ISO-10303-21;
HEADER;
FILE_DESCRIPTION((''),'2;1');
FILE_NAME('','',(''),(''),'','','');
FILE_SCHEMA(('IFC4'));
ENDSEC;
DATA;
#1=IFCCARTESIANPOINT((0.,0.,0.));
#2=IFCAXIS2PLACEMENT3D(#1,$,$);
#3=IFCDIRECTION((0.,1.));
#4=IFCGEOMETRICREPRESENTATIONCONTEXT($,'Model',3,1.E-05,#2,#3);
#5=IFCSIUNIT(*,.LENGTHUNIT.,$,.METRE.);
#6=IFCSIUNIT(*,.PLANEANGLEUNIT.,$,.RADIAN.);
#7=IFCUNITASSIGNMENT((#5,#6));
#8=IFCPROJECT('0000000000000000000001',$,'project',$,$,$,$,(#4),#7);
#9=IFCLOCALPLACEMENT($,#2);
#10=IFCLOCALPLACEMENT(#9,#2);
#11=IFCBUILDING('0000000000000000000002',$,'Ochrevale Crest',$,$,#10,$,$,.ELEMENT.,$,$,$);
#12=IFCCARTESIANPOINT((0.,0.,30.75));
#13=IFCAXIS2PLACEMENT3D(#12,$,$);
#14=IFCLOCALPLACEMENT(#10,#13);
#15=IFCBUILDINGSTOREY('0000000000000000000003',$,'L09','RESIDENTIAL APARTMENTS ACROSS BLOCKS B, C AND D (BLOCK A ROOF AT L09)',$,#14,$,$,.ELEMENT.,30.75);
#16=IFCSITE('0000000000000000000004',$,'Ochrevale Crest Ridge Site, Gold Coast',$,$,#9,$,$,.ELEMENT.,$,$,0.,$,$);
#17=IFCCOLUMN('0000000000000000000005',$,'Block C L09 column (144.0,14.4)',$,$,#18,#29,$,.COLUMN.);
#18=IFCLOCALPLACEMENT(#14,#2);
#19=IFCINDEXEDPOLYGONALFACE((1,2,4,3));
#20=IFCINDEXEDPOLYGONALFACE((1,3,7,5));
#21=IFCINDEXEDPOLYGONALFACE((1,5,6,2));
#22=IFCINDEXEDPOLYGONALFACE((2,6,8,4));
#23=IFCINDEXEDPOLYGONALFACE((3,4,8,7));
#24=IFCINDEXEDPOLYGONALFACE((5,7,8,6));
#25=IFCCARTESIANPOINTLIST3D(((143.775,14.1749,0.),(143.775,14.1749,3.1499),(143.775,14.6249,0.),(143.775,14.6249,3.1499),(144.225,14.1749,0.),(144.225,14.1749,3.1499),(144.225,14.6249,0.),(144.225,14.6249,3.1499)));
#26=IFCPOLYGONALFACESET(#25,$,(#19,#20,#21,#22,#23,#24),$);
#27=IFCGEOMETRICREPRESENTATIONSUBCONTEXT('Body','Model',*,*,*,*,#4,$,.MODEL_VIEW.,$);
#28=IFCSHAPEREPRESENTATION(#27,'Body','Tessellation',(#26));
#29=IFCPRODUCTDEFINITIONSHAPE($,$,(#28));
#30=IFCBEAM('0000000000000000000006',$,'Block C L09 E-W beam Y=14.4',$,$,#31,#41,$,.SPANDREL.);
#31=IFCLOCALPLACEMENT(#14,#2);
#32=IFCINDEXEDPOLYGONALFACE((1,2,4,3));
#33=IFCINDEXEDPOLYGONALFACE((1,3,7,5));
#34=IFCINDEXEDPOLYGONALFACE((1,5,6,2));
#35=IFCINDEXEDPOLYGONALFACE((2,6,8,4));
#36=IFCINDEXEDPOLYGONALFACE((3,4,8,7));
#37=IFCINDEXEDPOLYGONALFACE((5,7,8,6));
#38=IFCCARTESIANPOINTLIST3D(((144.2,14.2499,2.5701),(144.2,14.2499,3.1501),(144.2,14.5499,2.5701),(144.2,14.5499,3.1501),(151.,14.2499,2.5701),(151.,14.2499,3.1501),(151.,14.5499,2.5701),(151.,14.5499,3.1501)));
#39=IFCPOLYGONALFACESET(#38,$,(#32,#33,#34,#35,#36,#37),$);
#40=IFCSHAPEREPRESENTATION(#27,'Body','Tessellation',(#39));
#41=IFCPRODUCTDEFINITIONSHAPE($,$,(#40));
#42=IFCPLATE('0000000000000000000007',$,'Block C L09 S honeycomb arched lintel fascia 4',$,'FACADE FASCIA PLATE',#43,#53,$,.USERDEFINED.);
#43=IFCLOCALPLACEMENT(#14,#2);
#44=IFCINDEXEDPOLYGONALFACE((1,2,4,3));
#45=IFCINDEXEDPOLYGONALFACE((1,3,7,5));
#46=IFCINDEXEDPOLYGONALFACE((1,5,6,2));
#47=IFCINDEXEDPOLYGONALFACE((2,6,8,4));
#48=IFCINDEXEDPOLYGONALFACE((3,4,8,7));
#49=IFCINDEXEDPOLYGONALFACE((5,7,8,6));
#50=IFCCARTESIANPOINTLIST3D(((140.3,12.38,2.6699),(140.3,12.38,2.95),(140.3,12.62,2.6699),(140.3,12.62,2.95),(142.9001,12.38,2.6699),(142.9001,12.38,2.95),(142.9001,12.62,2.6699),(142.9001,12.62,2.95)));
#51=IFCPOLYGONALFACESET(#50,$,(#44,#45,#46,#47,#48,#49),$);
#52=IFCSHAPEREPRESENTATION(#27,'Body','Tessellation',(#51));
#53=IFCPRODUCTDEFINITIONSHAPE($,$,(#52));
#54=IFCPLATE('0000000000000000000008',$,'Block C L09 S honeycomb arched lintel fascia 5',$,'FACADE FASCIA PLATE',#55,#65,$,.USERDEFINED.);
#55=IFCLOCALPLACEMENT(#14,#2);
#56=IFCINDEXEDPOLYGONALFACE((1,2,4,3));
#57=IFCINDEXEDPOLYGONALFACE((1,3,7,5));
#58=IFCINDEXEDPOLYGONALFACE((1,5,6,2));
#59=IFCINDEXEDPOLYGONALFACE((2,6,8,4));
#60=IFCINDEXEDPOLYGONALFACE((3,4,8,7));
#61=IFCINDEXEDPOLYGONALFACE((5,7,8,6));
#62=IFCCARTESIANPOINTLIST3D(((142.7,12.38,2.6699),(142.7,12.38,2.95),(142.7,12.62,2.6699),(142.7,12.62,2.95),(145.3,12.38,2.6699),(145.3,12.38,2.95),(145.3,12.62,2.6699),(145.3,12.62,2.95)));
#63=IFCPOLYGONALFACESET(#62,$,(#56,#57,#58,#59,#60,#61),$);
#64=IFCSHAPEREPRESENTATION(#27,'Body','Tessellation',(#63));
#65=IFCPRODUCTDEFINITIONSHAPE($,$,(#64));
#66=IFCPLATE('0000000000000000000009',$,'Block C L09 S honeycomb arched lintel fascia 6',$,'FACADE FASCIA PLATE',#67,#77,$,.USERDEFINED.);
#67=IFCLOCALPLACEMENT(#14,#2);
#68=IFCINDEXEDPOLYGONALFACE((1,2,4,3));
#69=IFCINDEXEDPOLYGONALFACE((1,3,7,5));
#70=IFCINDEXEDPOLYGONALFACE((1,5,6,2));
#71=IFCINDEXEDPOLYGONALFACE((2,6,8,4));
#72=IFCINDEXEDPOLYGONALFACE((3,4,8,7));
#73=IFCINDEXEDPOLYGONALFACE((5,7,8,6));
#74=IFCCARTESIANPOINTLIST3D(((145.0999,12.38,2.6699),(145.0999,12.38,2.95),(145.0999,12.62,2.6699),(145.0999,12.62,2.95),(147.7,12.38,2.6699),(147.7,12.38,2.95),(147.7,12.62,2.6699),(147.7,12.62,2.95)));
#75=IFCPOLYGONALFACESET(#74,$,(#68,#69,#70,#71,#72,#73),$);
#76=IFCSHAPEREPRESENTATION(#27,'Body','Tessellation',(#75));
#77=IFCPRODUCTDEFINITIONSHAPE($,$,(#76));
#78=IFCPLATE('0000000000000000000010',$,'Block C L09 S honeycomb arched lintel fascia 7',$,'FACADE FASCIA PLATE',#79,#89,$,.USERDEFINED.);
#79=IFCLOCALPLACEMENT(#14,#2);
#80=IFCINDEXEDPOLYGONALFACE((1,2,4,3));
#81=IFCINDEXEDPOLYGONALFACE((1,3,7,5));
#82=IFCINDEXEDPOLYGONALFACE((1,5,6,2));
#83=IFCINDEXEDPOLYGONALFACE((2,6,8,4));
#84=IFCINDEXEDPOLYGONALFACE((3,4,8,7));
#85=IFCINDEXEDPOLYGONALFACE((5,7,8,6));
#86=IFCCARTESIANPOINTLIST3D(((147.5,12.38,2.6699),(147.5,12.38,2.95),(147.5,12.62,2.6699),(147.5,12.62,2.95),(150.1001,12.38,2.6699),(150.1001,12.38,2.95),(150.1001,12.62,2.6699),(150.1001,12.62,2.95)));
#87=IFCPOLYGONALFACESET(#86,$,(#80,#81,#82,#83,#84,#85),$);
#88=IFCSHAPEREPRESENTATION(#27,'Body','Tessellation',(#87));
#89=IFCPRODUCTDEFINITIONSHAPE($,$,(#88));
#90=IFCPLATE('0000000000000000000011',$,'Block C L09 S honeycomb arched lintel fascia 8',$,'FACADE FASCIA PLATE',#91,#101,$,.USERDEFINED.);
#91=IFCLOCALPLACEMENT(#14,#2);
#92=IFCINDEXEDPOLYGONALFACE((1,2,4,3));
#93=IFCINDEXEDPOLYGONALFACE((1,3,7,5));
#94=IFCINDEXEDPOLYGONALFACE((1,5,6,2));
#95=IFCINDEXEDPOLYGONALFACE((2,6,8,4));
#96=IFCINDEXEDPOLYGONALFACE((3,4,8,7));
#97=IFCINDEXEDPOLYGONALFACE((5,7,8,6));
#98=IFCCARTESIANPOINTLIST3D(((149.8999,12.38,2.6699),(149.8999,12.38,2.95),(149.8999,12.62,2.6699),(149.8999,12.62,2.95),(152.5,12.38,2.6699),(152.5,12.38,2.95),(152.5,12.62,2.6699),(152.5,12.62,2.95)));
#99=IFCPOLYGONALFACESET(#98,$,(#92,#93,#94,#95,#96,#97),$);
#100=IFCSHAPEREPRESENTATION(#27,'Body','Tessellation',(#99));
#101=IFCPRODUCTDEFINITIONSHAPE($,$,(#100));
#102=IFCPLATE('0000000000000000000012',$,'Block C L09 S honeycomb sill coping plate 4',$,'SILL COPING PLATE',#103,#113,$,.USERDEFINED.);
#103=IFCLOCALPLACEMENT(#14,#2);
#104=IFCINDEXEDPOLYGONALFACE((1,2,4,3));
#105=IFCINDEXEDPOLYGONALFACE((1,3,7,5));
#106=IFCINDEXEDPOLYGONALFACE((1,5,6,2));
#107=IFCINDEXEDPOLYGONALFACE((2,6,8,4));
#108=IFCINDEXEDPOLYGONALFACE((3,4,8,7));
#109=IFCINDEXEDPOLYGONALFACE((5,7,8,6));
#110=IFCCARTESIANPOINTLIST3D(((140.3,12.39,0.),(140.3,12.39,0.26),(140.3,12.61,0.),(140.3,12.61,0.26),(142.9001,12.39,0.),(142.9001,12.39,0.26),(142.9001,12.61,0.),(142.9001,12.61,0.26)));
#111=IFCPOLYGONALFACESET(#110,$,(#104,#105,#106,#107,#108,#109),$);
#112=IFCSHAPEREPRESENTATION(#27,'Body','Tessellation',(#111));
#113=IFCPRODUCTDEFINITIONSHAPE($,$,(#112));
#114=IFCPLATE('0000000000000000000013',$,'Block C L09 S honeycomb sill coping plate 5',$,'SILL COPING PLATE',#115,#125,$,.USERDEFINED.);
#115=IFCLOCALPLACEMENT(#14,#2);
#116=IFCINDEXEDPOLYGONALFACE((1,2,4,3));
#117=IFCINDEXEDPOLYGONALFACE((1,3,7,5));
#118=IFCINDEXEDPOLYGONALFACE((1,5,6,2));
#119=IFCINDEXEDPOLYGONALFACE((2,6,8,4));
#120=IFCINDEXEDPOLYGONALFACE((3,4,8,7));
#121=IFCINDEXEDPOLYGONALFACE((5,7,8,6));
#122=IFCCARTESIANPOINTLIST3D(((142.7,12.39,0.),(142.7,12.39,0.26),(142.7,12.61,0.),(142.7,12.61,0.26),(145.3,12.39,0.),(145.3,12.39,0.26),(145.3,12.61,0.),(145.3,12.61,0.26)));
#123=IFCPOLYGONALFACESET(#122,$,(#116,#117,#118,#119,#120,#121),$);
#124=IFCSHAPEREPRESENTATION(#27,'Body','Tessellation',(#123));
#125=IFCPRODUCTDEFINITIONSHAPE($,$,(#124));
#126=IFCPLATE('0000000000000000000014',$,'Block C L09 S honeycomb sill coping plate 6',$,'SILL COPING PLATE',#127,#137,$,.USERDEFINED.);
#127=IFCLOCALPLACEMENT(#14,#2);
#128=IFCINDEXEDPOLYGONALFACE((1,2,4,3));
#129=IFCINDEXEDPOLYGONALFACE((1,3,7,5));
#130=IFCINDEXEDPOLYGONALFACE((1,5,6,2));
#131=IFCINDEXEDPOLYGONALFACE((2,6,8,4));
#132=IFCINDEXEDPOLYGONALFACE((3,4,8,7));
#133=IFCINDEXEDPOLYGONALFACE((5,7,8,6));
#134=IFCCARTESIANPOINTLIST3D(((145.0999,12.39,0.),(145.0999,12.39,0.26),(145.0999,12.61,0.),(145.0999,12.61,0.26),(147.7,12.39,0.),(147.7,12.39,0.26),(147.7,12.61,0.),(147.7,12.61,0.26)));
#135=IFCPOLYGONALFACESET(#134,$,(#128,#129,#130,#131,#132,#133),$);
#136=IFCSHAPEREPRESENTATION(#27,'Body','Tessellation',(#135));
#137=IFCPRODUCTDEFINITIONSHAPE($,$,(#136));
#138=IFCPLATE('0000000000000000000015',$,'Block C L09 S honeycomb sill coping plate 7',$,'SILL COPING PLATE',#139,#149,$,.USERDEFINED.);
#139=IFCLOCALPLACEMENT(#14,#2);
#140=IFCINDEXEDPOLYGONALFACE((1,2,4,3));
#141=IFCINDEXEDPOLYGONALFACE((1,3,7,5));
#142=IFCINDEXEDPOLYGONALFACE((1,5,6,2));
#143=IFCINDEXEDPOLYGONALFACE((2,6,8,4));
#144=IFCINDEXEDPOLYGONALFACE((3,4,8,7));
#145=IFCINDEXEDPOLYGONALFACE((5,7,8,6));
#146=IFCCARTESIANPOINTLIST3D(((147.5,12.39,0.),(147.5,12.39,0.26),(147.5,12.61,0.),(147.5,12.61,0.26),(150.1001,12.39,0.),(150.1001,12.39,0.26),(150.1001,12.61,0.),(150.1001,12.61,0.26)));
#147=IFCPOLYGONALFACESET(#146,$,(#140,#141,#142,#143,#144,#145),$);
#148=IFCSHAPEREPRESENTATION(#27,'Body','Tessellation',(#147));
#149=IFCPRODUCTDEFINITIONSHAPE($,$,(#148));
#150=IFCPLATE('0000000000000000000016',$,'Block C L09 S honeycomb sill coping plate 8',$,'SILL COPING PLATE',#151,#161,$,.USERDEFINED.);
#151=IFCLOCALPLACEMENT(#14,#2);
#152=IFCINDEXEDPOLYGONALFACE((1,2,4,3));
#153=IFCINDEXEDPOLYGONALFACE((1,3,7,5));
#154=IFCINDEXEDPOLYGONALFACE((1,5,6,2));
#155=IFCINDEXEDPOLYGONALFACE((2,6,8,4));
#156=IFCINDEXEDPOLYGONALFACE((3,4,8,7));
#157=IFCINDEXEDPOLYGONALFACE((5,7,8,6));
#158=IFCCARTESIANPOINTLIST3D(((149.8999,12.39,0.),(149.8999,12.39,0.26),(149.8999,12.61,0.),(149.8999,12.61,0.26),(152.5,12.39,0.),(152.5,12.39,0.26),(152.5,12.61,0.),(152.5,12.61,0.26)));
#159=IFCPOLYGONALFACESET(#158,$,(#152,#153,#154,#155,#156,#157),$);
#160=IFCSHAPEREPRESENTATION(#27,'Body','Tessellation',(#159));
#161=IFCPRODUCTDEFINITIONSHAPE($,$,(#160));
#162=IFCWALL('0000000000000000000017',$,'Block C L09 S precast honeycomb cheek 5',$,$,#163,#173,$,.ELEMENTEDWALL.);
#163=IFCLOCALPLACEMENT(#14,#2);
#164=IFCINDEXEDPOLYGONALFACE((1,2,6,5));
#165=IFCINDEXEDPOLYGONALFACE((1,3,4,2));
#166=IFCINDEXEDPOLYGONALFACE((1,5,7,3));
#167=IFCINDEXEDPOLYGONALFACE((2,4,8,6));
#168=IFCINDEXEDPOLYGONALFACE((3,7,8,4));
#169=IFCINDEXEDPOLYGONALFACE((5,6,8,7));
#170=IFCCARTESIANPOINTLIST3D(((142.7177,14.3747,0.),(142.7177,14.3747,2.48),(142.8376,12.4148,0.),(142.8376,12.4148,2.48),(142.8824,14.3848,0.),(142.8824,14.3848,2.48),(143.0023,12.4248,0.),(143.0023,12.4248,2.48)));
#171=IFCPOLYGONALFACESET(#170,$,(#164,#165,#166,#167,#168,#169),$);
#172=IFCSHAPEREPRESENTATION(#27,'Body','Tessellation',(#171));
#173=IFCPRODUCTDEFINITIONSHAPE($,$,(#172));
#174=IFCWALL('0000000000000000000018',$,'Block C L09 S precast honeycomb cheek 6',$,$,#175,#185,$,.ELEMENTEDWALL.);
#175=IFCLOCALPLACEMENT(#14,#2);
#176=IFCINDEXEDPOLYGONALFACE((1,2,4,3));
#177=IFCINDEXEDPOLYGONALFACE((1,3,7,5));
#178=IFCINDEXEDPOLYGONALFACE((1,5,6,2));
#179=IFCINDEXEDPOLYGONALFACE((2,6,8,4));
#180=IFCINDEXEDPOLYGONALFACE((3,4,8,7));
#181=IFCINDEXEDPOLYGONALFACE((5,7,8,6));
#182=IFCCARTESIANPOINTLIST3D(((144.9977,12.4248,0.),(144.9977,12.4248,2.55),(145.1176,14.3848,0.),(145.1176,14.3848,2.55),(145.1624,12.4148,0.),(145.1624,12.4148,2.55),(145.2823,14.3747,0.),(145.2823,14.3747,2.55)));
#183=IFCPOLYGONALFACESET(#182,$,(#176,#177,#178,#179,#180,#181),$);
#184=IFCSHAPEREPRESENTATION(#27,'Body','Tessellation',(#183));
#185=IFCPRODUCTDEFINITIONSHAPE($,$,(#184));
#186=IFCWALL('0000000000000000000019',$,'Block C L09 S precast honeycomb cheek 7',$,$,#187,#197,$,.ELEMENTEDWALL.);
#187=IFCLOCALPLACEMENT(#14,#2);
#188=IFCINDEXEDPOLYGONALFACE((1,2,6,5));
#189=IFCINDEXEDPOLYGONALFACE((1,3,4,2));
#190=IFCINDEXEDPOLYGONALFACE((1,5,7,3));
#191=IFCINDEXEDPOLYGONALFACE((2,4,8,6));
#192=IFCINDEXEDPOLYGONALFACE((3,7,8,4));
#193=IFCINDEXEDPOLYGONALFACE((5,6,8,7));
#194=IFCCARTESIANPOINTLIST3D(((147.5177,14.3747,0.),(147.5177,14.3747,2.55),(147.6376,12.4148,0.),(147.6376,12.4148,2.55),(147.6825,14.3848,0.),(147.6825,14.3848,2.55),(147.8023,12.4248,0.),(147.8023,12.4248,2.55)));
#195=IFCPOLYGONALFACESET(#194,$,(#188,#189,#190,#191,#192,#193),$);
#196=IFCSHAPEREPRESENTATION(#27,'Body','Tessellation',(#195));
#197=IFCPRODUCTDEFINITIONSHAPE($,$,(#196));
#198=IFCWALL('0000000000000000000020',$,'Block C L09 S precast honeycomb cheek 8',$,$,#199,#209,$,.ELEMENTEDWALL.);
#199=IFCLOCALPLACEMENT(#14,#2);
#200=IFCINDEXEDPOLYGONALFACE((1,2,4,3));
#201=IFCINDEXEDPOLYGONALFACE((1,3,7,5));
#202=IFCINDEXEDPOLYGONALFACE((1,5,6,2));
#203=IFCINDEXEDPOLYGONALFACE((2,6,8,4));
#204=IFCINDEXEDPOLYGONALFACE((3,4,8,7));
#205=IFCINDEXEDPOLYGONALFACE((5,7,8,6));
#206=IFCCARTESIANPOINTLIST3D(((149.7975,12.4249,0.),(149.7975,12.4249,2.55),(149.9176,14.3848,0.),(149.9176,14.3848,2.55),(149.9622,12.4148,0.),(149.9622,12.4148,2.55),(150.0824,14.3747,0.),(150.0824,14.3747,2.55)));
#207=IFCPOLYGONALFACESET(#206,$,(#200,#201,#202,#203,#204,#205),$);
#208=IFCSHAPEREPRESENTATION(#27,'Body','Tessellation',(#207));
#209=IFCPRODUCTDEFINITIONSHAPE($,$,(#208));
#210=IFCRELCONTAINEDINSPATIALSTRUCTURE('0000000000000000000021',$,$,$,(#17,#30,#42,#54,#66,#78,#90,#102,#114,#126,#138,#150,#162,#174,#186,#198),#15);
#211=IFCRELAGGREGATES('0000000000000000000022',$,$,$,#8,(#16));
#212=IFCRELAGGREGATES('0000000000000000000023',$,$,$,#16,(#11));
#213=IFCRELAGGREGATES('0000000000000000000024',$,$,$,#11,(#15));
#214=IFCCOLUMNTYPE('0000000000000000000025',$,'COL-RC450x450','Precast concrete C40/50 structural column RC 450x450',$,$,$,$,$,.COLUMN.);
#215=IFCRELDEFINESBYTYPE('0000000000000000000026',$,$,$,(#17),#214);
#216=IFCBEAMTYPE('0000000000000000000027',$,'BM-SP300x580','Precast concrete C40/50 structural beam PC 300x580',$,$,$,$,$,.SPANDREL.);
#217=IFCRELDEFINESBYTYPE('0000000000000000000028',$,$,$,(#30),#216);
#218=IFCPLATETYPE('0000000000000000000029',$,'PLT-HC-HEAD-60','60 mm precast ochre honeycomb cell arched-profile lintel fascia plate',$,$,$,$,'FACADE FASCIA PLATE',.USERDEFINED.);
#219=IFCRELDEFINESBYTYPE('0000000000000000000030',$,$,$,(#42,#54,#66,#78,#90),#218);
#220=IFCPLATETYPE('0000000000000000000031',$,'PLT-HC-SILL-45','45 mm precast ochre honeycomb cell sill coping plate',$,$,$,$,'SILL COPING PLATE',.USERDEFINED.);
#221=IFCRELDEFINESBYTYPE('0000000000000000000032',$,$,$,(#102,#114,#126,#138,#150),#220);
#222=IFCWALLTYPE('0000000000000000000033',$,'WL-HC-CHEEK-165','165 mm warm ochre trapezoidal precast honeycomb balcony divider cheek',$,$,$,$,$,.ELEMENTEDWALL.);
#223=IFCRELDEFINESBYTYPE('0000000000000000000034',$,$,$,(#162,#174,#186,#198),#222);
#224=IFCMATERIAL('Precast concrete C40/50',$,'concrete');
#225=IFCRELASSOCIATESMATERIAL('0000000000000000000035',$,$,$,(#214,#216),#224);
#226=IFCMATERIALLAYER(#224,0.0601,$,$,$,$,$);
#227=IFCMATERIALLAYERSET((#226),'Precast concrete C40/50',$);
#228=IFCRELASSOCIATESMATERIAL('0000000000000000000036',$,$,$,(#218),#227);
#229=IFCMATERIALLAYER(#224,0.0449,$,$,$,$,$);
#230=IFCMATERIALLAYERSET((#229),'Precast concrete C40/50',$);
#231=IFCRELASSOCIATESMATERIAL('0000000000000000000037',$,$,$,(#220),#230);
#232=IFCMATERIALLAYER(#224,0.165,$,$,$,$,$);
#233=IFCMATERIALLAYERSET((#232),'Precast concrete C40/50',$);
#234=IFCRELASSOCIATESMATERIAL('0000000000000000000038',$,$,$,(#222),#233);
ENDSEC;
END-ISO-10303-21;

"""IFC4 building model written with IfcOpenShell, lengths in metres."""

from ifc_helpers import new_model, si_unit, direction, frame, frame_2d, origin, origin_2d, place, context, subcontext, project, spatial, rectangle, extrude, material, layer, layer_set, material_profile, profile_set, type_object, element, save


model = new_model("IFC4")

# Units and contexts
model_context = context("Model", 3, precision=1e-05, world=origin(), true_north=direction((0.0, 1.0)))
body_context = subcontext(model_context, "Body", "Model", "MODEL_VIEW")
ifc_project = project(units=[si_unit("LENGTHUNIT", "METRE"), si_unit("PLANEANGLEUNIT", "RADIAN")], contexts=[model_context])

# Site, building, storey
site_placement = place(None, origin())
site = spatial("IfcSite", under=ifc_project, at=site_placement, Name="Ochrevale Crest Ridge Site, Gold Coast", CompositionType="ELEMENT", RefElevation=0.0)
building_placement = place(site_placement, origin())
building = spatial("IfcBuilding", under=site, at=building_placement, Name="Ochrevale Crest", CompositionType="ELEMENT")
storey_placement = place(building_placement, frame((0.0, 0.0, 30.75)))
storey = spatial("IfcBuildingStorey", under=building, at=storey_placement, Name="L09", Description="RESIDENTIAL APARTMENTS ACROSS BLOCKS B, C AND D (BLOCK A ROOF AT L09)", CompositionType="ELEMENT", Elevation=30.75)

# Column
ifc_material_1 = material(Name="Precast concrete C40/50", Category="concrete")
ifc_material_profile_1 = material_profile(ifc_material_1, rectangle(XDim=0.45, YDim=0.45, at=origin_2d()), Name="RC 450x450")
ifc_profile_set_1 = profile_set([ifc_material_profile_1], Name="Precast concrete C40/50")
column_type = type_object("IfcColumnType", Name="COL-RC450x450", Description="Precast concrete C40/50 structural column RC 450x450", PredefinedType="COLUMN", material=ifc_profile_set_1)
column_placement = place(storey_placement, frame((144.0, 14.3999, 0.0), z_axis=(0.0, 0.0, 1.0), x_axis=(1.0, 0.0, 0.0)))
element("IfcColumn", 1, at=column_placement, inside=storey, type_object=column_type, Name="Block C L09 column (144.0,14.4)", PredefinedType="COLUMN", context=body_context, shape_type="SweptSolid", body=[
    extrude(rectangle(XDim=0.45, YDim=0.45, at=origin_2d()), origin(), (0.0, 0.0, 1.0), 3.1499),
])

# Beam
ifc_material_profile_2 = material_profile(ifc_material_1, rectangle(XDim=0.3, YDim=0.5801, at=origin_2d()), Name="PC 300x580")
ifc_profile_set_2 = profile_set([ifc_material_profile_2], Name="Precast concrete C40/50")
beam_type = type_object("IfcBeamType", Name="BM-SP300x580", Description="Precast concrete C40/50 structural beam PC 300x580", PredefinedType="SPANDREL", material=ifc_profile_set_2)
beam_placement = place(storey_placement, frame((144.2, 14.3999, 2.8601), z_axis=(1.0, 0.0, 0.0), x_axis=(0.0, 1.0, 0.0)))
element("IfcBeam", 2, at=beam_placement, inside=storey, type_object=beam_type, Name="Block C L09 E-W beam Y=14.4", PredefinedType="SPANDREL", context=body_context, shape_type="SweptSolid", body=[
    extrude(rectangle(XDim=0.3, YDim=0.5801, at=origin_2d()), origin(), (0.0, 0.0, 1.0), 6.8),
])

# Plates
ifc_layer_1 = layer(ifc_material_1, 0.0601)
ifc_layer_set_1 = layer_set([ifc_layer_1], Name="Precast concrete C40/50")
plate_type_1 = type_object("IfcPlateType", Name="PLT-HC-HEAD-60", Description="60 mm precast ochre honeycomb cell arched-profile lintel fascia plate", ElementType="FACADE FASCIA PLATE", PredefinedType="USERDEFINED", material=ifc_layer_set_1)
for number, where, z_axis, x_axis, name in (
    (3, (141.6001, 12.5, 2.6699), (0.0, 0.0, 1.0), (1.0, 0.0, 0.0), "Block C L09 S honeycomb arched lintel fascia 4"),
    (4, (144.0, 12.5, 2.6699), (0.0, 0.0, 1.0), (1.0, 0.0, 0.0), "Block C L09 S honeycomb arched lintel fascia 5"),
    (5, (146.3999, 12.5, 2.6699), (0.0, 0.0, 1.0), (1.0, 0.0, 0.0), "Block C L09 S honeycomb arched lintel fascia 6"),
    (6, (148.8, 12.5, 2.6699), (0.0, 0.0, 1.0), (1.0, 0.0, 0.0), "Block C L09 S honeycomb arched lintel fascia 7"),
    (7, (151.2, 12.5, 2.6699), (0.0, 0.0, 1.0), (1.0, 0.0, 0.0), "Block C L09 S honeycomb arched lintel fascia 8"),
):
    element("IfcPlate", number, at=place(storey_placement, frame(where, z_axis=z_axis, x_axis=x_axis)), inside=storey, type_object=plate_type_1, Name=name, ObjectType="FACADE FASCIA PLATE", PredefinedType="USERDEFINED", context=body_context, shape_type="SweptSolid", body=[
        extrude(rectangle(XDim=2.6001, YDim=0.24, at=origin_2d()), origin(), (0.0, 0.0, 1.0), 0.28),
    ])
ifc_layer_2 = layer(ifc_material_1, 0.0449)
ifc_layer_set_2 = layer_set([ifc_layer_2], Name="Precast concrete C40/50")
plate_type_2 = type_object("IfcPlateType", Name="PLT-HC-SILL-45", Description="45 mm precast ochre honeycomb cell sill coping plate", ElementType="SILL COPING PLATE", PredefinedType="USERDEFINED", material=ifc_layer_set_2)
for number, where, z_axis, x_axis, name in (
    (8, (141.6001, 12.5, 0.0), (0.0, 0.0, 1.0), (1.0, 0.0, 0.0), "Block C L09 S honeycomb sill coping plate 4"),
    (9, (144.0, 12.5, 0.0), (0.0, 0.0, 1.0), (1.0, 0.0, 0.0), "Block C L09 S honeycomb sill coping plate 5"),
    (10, (146.3999, 12.5, 0.0), (0.0, 0.0, 1.0), (1.0, 0.0, 0.0), "Block C L09 S honeycomb sill coping plate 6"),
    (11, (148.8, 12.5, 0.0), (0.0, 0.0, 1.0), (1.0, 0.0, 0.0), "Block C L09 S honeycomb sill coping plate 7"),
    (12, (151.2, 12.5, 0.0), (0.0, 0.0, 1.0), (1.0, 0.0, 0.0), "Block C L09 S honeycomb sill coping plate 8"),
):
    element("IfcPlate", number, at=place(storey_placement, frame(where, z_axis=z_axis, x_axis=x_axis)), inside=storey, type_object=plate_type_2, Name=name, ObjectType="SILL COPING PLATE", PredefinedType="USERDEFINED", context=body_context, shape_type="SweptSolid", body=[
        extrude(rectangle(XDim=2.6001, YDim=0.22, at=origin_2d()), origin(), (0.0, 0.0, 1.0), 0.26),
    ])

# Walls
ifc_layer_3 = layer(ifc_material_1, 0.165)
ifc_layer_set_3 = layer_set([ifc_layer_3], Name="Precast concrete C40/50")
wall_type = type_object("IfcWallType", Name="WL-HC-CHEEK-165", Description="165 mm warm ochre trapezoidal precast honeycomb balcony divider cheek", PredefinedType="ELEMENTEDWALL", material=ifc_layer_set_3)
wall_placement = place(storey_placement, frame((142.8, 14.3799, 0.0), z_axis=(0.0, 0.0, 1.0), x_axis=(0.061047, -0.998135, 0.0)))
element("IfcWall", 13, at=wall_placement, inside=storey, type_object=wall_type, Name="Block C L09 S precast honeycomb cheek 5", PredefinedType="ELEMENTEDWALL", context=body_context, shape_type="SweptSolid", body=[
    extrude(rectangle(XDim=1.9636, YDim=0.165, at=frame_2d((0.9819, 0.0))), origin(), (0.0, 0.0, 1.0), 2.48),
])
for number, where, z_axis, x_axis, name in (
    (14, (145.2, 14.3799, 0.0), (0.0, 0.0, 1.0), (-0.061047, -0.998135, 0.0), "Block C L09 S precast honeycomb cheek 6"),
    (15, (147.6001, 14.3799, 0.0), (0.0, 0.0, 1.0), (0.061047, -0.998135, 0.0), "Block C L09 S precast honeycomb cheek 7"),
    (16, (150.0, 14.3799, 0.0), (0.0, 0.0, 1.0), (-0.061171, -0.998127, 0.0), "Block C L09 S precast honeycomb cheek 8"),
):
    element("IfcWall", number, at=place(storey_placement, frame(where, z_axis=z_axis, x_axis=x_axis)), inside=storey, type_object=wall_type, Name=name, PredefinedType="ELEMENTEDWALL", context=body_context, shape_type="SweptSolid", body=[
        extrude(rectangle(XDim=1.9636, YDim=0.165, at=frame_2d((0.9819, 0.0))), origin(), (0.0, 0.0, 1.0), 2.55),
    ])

save(model, "model.ifc")
